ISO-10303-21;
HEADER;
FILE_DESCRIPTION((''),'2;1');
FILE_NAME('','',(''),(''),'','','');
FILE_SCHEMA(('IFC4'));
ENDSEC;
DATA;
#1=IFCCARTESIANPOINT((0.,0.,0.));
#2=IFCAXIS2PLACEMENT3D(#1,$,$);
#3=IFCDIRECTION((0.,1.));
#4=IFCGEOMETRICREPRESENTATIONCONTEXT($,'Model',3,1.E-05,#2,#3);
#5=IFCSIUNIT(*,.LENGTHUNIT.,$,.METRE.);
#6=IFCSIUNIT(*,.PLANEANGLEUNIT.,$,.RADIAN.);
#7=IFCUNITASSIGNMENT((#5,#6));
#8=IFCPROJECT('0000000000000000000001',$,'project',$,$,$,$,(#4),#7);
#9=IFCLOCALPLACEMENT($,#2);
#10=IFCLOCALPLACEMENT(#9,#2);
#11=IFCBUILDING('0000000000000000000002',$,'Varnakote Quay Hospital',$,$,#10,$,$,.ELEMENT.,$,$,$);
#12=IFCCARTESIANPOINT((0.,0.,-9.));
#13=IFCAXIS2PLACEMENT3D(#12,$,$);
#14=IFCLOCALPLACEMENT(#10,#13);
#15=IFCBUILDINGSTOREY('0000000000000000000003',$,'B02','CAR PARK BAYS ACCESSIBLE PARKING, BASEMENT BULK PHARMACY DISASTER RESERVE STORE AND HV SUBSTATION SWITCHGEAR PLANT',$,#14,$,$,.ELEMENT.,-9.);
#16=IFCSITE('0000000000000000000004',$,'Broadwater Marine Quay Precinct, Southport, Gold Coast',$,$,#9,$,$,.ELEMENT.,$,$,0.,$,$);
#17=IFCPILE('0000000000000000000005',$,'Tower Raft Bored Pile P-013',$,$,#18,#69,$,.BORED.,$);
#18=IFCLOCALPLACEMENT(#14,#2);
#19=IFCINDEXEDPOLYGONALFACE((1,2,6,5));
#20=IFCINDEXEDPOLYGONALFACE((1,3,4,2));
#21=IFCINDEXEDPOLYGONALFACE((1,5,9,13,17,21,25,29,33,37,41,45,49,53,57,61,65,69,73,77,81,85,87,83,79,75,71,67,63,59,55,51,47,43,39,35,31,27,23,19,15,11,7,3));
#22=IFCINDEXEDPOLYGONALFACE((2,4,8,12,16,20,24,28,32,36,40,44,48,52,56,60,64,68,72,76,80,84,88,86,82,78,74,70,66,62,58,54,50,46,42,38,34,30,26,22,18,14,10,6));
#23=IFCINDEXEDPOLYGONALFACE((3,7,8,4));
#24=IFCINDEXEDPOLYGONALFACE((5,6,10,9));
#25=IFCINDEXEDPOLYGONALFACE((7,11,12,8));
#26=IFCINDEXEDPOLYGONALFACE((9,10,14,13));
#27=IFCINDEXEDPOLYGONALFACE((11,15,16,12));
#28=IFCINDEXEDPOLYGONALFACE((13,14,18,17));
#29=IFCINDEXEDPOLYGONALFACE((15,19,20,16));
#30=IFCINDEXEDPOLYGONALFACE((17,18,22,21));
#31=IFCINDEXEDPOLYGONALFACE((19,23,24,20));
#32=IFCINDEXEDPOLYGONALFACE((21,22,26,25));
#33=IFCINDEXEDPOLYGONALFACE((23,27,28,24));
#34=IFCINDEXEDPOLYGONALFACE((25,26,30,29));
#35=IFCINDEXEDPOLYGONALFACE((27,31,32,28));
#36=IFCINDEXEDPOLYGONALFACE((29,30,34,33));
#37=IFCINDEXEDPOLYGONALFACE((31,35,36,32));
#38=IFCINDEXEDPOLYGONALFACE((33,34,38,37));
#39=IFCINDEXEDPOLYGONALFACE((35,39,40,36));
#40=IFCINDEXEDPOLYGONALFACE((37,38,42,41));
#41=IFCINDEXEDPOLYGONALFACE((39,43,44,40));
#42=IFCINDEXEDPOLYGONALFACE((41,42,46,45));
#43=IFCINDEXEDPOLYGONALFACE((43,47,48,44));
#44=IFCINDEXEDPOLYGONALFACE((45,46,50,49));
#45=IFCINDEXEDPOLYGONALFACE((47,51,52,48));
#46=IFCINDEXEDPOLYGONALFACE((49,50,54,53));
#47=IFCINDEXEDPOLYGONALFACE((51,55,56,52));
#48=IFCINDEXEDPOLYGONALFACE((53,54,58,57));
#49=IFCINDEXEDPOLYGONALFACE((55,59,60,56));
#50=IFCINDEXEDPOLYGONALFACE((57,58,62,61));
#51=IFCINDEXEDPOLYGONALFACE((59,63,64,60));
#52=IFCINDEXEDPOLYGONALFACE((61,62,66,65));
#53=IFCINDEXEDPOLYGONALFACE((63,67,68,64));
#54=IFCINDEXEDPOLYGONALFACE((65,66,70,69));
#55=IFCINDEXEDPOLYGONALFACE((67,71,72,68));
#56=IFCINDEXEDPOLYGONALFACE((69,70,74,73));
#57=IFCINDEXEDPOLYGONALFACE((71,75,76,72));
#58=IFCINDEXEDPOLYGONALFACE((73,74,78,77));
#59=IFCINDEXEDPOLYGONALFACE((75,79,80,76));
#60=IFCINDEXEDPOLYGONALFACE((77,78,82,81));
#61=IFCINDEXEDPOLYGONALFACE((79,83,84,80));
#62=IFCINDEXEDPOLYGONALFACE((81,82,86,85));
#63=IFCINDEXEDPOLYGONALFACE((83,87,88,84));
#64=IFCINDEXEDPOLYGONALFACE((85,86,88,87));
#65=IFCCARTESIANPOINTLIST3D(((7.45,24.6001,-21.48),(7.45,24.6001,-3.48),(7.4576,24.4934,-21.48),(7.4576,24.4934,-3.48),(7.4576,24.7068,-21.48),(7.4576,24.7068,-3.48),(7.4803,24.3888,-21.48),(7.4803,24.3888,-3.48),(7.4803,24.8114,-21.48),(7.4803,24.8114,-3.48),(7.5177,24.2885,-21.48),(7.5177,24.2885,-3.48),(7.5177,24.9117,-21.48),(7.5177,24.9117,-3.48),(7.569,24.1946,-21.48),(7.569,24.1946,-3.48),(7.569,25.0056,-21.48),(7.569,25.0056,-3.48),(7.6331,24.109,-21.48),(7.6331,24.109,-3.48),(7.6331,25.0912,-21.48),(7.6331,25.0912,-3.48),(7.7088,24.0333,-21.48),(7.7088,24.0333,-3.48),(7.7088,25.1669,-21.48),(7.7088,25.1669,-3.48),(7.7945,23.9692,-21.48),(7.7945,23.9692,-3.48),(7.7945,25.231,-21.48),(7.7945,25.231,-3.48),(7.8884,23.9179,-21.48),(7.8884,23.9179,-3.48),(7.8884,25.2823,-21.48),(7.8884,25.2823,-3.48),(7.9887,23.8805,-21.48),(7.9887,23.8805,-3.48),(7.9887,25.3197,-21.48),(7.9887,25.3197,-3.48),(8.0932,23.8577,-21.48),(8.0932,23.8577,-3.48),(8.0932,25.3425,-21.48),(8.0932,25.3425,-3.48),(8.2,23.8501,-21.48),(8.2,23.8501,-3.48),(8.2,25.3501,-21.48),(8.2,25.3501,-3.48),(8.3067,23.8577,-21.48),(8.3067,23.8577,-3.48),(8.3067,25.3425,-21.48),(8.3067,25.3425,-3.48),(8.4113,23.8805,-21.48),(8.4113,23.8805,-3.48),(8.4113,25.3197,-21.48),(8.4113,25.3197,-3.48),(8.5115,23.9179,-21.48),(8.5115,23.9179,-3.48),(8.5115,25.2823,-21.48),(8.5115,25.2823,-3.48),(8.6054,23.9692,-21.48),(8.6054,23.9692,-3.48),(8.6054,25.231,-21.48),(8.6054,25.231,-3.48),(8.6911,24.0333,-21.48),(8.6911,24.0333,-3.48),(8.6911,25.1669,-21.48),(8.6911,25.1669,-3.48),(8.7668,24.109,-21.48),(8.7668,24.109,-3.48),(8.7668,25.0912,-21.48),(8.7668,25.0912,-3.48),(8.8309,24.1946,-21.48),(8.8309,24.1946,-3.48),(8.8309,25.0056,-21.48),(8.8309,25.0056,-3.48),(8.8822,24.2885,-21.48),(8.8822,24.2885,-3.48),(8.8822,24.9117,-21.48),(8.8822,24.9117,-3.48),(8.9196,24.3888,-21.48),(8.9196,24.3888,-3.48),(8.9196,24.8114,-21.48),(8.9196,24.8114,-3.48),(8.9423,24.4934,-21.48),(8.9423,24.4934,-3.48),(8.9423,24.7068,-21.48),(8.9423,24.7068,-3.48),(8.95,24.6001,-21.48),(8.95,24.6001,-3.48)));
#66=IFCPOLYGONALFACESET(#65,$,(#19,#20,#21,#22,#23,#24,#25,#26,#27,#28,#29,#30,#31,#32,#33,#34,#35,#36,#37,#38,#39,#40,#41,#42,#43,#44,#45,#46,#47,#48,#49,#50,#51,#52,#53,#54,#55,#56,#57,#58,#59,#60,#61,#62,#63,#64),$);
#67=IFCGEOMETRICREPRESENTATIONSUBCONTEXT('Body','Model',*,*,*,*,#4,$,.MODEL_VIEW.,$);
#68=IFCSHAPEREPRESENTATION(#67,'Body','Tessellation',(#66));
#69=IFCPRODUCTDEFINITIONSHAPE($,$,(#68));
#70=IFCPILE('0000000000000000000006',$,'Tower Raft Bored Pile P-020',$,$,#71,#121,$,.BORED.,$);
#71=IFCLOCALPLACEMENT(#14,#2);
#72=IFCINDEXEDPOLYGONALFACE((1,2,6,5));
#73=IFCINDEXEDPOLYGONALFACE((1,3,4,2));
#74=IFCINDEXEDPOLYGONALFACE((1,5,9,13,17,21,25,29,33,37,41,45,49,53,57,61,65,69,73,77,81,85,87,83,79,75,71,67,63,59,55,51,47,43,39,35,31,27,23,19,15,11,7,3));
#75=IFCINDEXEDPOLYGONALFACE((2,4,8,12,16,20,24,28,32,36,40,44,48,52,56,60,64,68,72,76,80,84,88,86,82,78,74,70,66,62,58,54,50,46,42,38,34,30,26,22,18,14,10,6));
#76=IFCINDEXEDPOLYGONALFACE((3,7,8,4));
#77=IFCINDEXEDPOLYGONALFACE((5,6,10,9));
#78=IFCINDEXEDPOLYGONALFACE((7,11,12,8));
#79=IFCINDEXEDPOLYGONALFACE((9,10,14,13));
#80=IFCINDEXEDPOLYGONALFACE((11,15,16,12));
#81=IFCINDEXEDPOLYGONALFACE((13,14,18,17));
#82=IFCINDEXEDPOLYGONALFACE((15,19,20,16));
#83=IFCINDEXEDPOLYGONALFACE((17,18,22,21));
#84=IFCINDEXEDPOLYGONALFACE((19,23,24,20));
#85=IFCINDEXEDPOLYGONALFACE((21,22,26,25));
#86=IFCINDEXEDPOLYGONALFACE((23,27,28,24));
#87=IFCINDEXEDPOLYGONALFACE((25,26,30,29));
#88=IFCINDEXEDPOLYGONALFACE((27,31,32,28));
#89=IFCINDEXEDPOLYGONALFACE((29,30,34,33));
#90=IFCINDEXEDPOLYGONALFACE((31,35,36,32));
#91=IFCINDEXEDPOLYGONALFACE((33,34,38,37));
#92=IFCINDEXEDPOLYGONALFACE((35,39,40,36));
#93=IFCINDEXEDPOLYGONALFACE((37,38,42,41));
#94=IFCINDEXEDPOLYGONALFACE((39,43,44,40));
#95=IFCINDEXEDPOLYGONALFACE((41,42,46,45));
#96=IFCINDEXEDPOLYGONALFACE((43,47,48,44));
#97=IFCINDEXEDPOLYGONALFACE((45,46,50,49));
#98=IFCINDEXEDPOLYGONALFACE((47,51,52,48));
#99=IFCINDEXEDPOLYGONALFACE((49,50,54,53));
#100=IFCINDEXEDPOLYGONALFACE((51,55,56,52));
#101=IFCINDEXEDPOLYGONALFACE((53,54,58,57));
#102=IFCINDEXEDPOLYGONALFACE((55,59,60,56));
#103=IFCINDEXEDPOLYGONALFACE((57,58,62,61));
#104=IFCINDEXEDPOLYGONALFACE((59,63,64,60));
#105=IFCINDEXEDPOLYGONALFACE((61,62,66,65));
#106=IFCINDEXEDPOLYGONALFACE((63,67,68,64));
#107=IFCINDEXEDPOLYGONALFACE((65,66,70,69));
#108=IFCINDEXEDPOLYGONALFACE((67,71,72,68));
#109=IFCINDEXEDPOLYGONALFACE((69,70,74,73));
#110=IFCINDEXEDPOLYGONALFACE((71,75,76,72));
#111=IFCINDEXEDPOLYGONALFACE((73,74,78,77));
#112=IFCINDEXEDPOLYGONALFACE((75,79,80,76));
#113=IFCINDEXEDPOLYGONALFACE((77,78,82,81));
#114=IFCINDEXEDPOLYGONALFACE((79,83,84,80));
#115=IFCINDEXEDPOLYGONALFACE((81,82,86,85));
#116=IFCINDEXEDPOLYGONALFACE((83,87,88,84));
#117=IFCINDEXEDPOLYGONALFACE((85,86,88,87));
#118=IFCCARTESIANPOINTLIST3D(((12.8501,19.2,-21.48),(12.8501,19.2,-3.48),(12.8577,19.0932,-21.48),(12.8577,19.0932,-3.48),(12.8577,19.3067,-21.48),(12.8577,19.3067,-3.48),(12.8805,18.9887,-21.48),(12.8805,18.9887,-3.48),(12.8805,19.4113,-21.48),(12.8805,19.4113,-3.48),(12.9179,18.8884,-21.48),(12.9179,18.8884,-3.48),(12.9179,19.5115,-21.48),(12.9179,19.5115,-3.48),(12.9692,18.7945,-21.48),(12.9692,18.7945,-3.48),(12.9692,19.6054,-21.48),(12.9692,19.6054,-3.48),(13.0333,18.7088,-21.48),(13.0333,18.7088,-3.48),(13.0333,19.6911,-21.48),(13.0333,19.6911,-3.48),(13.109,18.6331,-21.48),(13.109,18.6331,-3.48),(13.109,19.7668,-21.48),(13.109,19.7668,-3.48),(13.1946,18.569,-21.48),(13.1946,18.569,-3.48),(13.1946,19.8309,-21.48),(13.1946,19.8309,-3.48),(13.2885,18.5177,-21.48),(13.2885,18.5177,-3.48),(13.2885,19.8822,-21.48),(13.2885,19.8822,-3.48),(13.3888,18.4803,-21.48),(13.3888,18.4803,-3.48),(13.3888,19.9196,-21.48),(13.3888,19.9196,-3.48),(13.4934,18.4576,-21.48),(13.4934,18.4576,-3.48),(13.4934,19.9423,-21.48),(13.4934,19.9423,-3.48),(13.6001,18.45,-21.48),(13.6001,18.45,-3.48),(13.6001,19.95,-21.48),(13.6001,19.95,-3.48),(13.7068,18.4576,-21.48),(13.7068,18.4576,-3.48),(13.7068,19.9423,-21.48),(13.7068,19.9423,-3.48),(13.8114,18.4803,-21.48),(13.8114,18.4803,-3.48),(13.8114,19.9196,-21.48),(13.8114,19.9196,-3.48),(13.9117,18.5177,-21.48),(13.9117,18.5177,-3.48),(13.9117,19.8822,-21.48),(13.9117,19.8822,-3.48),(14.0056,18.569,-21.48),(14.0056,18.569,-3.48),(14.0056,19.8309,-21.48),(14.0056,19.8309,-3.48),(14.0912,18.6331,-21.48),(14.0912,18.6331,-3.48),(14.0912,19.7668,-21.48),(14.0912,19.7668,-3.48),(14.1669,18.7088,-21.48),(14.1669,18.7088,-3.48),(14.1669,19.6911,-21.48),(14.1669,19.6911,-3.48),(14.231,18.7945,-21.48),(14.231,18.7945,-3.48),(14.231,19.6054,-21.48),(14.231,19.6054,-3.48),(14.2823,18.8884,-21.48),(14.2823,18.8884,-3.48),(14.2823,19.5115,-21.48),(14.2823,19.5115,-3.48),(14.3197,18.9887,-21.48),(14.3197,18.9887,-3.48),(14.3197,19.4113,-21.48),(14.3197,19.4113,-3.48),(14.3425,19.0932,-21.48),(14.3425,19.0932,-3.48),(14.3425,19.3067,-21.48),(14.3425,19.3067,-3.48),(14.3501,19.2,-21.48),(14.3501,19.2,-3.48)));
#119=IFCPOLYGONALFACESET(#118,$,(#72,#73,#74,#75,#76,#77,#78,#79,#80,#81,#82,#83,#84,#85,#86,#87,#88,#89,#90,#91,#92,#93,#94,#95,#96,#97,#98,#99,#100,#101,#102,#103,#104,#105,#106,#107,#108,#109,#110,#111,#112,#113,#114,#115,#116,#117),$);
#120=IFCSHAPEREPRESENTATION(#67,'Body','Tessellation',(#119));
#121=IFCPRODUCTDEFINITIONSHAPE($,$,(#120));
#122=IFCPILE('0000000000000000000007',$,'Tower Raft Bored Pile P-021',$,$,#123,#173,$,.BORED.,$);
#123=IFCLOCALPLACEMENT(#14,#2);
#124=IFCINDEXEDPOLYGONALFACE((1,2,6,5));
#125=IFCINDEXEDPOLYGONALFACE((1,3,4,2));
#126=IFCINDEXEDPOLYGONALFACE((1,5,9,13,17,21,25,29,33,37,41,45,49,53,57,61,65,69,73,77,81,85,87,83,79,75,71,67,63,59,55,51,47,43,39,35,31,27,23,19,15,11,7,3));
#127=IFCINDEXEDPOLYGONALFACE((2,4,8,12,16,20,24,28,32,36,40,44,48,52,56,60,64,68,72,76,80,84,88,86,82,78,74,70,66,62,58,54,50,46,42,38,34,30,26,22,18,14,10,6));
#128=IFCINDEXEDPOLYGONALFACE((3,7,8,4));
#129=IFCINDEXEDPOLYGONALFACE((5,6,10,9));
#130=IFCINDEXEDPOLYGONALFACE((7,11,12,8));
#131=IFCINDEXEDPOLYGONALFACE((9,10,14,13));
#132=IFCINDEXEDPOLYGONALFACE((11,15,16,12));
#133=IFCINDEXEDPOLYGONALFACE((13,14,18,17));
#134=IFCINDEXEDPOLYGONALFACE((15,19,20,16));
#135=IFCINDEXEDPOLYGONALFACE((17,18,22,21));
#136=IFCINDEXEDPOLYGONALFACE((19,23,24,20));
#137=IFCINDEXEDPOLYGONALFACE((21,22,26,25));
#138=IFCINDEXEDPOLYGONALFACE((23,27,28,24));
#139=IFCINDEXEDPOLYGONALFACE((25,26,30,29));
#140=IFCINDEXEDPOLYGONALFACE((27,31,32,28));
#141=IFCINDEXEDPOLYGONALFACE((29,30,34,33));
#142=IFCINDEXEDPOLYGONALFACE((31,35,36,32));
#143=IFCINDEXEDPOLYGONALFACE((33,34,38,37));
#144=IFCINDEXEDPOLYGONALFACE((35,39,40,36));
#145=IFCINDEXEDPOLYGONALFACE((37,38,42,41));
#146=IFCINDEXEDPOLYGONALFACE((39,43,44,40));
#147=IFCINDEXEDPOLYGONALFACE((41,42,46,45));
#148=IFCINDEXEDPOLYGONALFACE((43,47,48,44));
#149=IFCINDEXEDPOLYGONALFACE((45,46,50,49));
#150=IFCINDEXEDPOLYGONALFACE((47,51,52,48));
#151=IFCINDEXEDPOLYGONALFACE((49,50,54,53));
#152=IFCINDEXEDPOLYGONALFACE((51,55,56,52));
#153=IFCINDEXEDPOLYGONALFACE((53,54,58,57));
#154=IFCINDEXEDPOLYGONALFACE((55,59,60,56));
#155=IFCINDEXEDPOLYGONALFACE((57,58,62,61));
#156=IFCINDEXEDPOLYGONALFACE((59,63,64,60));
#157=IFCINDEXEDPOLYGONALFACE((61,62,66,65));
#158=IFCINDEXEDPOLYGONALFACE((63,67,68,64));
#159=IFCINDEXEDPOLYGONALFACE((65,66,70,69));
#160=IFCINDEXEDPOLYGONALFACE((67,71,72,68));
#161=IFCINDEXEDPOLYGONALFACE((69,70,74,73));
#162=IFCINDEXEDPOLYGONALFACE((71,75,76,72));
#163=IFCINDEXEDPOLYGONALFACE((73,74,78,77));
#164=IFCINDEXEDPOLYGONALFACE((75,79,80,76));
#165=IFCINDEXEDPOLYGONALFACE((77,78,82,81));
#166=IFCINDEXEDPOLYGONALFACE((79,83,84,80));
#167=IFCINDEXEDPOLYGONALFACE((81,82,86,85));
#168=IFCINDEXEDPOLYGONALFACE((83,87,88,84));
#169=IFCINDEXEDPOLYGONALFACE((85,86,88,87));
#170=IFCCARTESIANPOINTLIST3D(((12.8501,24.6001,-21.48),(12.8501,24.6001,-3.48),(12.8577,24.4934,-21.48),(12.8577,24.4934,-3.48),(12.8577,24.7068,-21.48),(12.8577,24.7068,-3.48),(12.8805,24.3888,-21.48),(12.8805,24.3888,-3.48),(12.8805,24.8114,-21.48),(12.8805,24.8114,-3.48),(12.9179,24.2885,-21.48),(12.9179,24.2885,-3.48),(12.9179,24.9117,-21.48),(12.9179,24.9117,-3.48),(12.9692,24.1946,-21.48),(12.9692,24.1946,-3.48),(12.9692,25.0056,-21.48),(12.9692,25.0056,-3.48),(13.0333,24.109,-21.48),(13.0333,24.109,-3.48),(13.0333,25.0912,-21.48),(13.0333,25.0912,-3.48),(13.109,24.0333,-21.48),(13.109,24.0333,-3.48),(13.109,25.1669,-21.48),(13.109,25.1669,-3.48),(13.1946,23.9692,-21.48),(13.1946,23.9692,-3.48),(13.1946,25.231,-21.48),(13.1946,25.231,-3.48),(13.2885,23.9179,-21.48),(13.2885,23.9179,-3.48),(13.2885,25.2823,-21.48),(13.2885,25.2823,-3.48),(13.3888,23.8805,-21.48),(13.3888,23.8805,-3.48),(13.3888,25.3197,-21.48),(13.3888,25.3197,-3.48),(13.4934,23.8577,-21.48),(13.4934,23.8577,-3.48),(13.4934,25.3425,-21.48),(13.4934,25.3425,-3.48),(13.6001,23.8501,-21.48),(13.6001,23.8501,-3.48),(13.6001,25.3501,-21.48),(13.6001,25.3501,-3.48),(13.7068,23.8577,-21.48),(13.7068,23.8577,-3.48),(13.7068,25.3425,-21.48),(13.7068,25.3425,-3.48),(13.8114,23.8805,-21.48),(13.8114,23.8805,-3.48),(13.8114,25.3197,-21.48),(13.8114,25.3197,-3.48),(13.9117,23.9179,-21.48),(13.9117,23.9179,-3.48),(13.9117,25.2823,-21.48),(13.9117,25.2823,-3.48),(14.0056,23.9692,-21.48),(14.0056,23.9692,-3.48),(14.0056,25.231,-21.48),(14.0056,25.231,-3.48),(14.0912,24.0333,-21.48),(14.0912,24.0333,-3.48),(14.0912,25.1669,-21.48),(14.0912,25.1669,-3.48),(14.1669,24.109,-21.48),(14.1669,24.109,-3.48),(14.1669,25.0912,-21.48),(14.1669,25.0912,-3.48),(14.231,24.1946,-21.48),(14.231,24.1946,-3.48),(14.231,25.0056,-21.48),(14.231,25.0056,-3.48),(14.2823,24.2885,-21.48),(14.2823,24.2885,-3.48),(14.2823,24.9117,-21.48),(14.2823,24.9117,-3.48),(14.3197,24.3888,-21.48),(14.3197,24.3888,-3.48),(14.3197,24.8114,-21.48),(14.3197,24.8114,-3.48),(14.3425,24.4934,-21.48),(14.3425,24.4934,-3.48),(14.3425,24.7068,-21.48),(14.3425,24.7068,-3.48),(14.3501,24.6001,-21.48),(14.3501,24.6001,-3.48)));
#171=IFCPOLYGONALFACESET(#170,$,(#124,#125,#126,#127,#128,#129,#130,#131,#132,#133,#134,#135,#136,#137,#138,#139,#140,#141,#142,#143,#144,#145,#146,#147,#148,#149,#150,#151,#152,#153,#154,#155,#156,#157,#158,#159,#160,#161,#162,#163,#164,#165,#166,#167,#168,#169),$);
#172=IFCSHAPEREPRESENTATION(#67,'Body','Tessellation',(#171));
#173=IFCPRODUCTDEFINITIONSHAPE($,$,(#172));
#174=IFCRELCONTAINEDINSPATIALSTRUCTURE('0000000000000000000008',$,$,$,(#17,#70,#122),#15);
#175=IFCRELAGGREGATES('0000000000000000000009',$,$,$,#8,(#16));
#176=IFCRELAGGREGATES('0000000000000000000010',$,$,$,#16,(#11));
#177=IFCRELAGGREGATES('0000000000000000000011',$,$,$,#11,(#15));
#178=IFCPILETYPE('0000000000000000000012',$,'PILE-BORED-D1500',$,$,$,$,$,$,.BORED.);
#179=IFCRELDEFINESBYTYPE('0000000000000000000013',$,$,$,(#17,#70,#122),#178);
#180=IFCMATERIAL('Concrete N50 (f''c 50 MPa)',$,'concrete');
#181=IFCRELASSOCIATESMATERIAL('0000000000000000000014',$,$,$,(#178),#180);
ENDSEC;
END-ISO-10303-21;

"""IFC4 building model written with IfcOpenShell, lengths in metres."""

from ifc_helpers import new_model, si_unit, direction, frame, origin, origin_2d, place, context, subcontext, project, spatial, circle, extrude, material, material_profile, profile_set, type_object, element, save


model = new_model("IFC4")

# Units and contexts
model_context = context("Model", 3, precision=1e-05, world=origin(), true_north=direction((0.0, 1.0)))
body_context = subcontext(model_context, "Body", "Model", "MODEL_VIEW")
ifc_project = project(units=[si_unit("LENGTHUNIT", "METRE"), si_unit("PLANEANGLEUNIT", "RADIAN")], contexts=[model_context])

# Site, building, storey
site_placement = place(None, origin())
site = spatial("IfcSite", under=ifc_project, at=site_placement, Name="Broadwater Marine Quay Precinct, Southport, Gold Coast", CompositionType="ELEMENT", RefElevation=0.0)
building_placement = place(site_placement, origin())
building = spatial("IfcBuilding", under=site, at=building_placement, Name="Varnakote Quay Hospital", CompositionType="ELEMENT")
storey_placement = place(building_placement, frame((0.0, 0.0, -9.0)))
storey = spatial("IfcBuildingStorey", under=building, at=storey_placement, Name="B02", Description="CAR PARK BAYS ACCESSIBLE PARKING, BASEMENT BULK PHARMACY DISASTER RESERVE STORE AND HV SUBSTATION SWITCHGEAR PLANT", CompositionType="ELEMENT", Elevation=-9.0)

# Piles
ifc_material_1 = material(Name="Concrete N50 (f'c 50 MPa)", Category="concrete")
ifc_material_profile_1 = material_profile(ifc_material_1, circle(Radius=0.75, at=origin_2d()), Name="PILE-D1500")
ifc_profile_set_1 = profile_set([ifc_material_profile_1], Name="Concrete N50 (f'c 50 MPa)")
pile_type_1 = type_object("IfcPileType", Name="PILE-BORED-D1500", PredefinedType="BORED", material=ifc_profile_set_1)
for number, where, z_axis, x_axis, name in (
    (1, (8.2, 24.6001, -3.48), (0.0, 0.0, -1.0), (1.0, 0.0, 0.0), "Tower Raft Bored Pile P-013"),
    (2, (13.6001, 19.2, -3.48), (0.0, 0.0, -1.0), (1.0, 0.0, 0.0), "Tower Raft Bored Pile P-020"),
    (3, (13.6001, 24.6001, -3.48), (0.0, 0.0, -1.0), (1.0, 0.0, 0.0), "Tower Raft Bored Pile P-021"),
):
    element("IfcPile", number, at=place(storey_placement, frame(where, z_axis=z_axis, x_axis=x_axis)), inside=storey, type_object=pile_type_1, Name=name, PredefinedType="BORED", context=body_context, shape_type="SweptSolid", body=[
        extrude(circle(Radius=0.75, at=origin_2d()), origin(), (0.0, 0.0, 1.0), 18.0),
    ])

save(model, "model.ifc")
